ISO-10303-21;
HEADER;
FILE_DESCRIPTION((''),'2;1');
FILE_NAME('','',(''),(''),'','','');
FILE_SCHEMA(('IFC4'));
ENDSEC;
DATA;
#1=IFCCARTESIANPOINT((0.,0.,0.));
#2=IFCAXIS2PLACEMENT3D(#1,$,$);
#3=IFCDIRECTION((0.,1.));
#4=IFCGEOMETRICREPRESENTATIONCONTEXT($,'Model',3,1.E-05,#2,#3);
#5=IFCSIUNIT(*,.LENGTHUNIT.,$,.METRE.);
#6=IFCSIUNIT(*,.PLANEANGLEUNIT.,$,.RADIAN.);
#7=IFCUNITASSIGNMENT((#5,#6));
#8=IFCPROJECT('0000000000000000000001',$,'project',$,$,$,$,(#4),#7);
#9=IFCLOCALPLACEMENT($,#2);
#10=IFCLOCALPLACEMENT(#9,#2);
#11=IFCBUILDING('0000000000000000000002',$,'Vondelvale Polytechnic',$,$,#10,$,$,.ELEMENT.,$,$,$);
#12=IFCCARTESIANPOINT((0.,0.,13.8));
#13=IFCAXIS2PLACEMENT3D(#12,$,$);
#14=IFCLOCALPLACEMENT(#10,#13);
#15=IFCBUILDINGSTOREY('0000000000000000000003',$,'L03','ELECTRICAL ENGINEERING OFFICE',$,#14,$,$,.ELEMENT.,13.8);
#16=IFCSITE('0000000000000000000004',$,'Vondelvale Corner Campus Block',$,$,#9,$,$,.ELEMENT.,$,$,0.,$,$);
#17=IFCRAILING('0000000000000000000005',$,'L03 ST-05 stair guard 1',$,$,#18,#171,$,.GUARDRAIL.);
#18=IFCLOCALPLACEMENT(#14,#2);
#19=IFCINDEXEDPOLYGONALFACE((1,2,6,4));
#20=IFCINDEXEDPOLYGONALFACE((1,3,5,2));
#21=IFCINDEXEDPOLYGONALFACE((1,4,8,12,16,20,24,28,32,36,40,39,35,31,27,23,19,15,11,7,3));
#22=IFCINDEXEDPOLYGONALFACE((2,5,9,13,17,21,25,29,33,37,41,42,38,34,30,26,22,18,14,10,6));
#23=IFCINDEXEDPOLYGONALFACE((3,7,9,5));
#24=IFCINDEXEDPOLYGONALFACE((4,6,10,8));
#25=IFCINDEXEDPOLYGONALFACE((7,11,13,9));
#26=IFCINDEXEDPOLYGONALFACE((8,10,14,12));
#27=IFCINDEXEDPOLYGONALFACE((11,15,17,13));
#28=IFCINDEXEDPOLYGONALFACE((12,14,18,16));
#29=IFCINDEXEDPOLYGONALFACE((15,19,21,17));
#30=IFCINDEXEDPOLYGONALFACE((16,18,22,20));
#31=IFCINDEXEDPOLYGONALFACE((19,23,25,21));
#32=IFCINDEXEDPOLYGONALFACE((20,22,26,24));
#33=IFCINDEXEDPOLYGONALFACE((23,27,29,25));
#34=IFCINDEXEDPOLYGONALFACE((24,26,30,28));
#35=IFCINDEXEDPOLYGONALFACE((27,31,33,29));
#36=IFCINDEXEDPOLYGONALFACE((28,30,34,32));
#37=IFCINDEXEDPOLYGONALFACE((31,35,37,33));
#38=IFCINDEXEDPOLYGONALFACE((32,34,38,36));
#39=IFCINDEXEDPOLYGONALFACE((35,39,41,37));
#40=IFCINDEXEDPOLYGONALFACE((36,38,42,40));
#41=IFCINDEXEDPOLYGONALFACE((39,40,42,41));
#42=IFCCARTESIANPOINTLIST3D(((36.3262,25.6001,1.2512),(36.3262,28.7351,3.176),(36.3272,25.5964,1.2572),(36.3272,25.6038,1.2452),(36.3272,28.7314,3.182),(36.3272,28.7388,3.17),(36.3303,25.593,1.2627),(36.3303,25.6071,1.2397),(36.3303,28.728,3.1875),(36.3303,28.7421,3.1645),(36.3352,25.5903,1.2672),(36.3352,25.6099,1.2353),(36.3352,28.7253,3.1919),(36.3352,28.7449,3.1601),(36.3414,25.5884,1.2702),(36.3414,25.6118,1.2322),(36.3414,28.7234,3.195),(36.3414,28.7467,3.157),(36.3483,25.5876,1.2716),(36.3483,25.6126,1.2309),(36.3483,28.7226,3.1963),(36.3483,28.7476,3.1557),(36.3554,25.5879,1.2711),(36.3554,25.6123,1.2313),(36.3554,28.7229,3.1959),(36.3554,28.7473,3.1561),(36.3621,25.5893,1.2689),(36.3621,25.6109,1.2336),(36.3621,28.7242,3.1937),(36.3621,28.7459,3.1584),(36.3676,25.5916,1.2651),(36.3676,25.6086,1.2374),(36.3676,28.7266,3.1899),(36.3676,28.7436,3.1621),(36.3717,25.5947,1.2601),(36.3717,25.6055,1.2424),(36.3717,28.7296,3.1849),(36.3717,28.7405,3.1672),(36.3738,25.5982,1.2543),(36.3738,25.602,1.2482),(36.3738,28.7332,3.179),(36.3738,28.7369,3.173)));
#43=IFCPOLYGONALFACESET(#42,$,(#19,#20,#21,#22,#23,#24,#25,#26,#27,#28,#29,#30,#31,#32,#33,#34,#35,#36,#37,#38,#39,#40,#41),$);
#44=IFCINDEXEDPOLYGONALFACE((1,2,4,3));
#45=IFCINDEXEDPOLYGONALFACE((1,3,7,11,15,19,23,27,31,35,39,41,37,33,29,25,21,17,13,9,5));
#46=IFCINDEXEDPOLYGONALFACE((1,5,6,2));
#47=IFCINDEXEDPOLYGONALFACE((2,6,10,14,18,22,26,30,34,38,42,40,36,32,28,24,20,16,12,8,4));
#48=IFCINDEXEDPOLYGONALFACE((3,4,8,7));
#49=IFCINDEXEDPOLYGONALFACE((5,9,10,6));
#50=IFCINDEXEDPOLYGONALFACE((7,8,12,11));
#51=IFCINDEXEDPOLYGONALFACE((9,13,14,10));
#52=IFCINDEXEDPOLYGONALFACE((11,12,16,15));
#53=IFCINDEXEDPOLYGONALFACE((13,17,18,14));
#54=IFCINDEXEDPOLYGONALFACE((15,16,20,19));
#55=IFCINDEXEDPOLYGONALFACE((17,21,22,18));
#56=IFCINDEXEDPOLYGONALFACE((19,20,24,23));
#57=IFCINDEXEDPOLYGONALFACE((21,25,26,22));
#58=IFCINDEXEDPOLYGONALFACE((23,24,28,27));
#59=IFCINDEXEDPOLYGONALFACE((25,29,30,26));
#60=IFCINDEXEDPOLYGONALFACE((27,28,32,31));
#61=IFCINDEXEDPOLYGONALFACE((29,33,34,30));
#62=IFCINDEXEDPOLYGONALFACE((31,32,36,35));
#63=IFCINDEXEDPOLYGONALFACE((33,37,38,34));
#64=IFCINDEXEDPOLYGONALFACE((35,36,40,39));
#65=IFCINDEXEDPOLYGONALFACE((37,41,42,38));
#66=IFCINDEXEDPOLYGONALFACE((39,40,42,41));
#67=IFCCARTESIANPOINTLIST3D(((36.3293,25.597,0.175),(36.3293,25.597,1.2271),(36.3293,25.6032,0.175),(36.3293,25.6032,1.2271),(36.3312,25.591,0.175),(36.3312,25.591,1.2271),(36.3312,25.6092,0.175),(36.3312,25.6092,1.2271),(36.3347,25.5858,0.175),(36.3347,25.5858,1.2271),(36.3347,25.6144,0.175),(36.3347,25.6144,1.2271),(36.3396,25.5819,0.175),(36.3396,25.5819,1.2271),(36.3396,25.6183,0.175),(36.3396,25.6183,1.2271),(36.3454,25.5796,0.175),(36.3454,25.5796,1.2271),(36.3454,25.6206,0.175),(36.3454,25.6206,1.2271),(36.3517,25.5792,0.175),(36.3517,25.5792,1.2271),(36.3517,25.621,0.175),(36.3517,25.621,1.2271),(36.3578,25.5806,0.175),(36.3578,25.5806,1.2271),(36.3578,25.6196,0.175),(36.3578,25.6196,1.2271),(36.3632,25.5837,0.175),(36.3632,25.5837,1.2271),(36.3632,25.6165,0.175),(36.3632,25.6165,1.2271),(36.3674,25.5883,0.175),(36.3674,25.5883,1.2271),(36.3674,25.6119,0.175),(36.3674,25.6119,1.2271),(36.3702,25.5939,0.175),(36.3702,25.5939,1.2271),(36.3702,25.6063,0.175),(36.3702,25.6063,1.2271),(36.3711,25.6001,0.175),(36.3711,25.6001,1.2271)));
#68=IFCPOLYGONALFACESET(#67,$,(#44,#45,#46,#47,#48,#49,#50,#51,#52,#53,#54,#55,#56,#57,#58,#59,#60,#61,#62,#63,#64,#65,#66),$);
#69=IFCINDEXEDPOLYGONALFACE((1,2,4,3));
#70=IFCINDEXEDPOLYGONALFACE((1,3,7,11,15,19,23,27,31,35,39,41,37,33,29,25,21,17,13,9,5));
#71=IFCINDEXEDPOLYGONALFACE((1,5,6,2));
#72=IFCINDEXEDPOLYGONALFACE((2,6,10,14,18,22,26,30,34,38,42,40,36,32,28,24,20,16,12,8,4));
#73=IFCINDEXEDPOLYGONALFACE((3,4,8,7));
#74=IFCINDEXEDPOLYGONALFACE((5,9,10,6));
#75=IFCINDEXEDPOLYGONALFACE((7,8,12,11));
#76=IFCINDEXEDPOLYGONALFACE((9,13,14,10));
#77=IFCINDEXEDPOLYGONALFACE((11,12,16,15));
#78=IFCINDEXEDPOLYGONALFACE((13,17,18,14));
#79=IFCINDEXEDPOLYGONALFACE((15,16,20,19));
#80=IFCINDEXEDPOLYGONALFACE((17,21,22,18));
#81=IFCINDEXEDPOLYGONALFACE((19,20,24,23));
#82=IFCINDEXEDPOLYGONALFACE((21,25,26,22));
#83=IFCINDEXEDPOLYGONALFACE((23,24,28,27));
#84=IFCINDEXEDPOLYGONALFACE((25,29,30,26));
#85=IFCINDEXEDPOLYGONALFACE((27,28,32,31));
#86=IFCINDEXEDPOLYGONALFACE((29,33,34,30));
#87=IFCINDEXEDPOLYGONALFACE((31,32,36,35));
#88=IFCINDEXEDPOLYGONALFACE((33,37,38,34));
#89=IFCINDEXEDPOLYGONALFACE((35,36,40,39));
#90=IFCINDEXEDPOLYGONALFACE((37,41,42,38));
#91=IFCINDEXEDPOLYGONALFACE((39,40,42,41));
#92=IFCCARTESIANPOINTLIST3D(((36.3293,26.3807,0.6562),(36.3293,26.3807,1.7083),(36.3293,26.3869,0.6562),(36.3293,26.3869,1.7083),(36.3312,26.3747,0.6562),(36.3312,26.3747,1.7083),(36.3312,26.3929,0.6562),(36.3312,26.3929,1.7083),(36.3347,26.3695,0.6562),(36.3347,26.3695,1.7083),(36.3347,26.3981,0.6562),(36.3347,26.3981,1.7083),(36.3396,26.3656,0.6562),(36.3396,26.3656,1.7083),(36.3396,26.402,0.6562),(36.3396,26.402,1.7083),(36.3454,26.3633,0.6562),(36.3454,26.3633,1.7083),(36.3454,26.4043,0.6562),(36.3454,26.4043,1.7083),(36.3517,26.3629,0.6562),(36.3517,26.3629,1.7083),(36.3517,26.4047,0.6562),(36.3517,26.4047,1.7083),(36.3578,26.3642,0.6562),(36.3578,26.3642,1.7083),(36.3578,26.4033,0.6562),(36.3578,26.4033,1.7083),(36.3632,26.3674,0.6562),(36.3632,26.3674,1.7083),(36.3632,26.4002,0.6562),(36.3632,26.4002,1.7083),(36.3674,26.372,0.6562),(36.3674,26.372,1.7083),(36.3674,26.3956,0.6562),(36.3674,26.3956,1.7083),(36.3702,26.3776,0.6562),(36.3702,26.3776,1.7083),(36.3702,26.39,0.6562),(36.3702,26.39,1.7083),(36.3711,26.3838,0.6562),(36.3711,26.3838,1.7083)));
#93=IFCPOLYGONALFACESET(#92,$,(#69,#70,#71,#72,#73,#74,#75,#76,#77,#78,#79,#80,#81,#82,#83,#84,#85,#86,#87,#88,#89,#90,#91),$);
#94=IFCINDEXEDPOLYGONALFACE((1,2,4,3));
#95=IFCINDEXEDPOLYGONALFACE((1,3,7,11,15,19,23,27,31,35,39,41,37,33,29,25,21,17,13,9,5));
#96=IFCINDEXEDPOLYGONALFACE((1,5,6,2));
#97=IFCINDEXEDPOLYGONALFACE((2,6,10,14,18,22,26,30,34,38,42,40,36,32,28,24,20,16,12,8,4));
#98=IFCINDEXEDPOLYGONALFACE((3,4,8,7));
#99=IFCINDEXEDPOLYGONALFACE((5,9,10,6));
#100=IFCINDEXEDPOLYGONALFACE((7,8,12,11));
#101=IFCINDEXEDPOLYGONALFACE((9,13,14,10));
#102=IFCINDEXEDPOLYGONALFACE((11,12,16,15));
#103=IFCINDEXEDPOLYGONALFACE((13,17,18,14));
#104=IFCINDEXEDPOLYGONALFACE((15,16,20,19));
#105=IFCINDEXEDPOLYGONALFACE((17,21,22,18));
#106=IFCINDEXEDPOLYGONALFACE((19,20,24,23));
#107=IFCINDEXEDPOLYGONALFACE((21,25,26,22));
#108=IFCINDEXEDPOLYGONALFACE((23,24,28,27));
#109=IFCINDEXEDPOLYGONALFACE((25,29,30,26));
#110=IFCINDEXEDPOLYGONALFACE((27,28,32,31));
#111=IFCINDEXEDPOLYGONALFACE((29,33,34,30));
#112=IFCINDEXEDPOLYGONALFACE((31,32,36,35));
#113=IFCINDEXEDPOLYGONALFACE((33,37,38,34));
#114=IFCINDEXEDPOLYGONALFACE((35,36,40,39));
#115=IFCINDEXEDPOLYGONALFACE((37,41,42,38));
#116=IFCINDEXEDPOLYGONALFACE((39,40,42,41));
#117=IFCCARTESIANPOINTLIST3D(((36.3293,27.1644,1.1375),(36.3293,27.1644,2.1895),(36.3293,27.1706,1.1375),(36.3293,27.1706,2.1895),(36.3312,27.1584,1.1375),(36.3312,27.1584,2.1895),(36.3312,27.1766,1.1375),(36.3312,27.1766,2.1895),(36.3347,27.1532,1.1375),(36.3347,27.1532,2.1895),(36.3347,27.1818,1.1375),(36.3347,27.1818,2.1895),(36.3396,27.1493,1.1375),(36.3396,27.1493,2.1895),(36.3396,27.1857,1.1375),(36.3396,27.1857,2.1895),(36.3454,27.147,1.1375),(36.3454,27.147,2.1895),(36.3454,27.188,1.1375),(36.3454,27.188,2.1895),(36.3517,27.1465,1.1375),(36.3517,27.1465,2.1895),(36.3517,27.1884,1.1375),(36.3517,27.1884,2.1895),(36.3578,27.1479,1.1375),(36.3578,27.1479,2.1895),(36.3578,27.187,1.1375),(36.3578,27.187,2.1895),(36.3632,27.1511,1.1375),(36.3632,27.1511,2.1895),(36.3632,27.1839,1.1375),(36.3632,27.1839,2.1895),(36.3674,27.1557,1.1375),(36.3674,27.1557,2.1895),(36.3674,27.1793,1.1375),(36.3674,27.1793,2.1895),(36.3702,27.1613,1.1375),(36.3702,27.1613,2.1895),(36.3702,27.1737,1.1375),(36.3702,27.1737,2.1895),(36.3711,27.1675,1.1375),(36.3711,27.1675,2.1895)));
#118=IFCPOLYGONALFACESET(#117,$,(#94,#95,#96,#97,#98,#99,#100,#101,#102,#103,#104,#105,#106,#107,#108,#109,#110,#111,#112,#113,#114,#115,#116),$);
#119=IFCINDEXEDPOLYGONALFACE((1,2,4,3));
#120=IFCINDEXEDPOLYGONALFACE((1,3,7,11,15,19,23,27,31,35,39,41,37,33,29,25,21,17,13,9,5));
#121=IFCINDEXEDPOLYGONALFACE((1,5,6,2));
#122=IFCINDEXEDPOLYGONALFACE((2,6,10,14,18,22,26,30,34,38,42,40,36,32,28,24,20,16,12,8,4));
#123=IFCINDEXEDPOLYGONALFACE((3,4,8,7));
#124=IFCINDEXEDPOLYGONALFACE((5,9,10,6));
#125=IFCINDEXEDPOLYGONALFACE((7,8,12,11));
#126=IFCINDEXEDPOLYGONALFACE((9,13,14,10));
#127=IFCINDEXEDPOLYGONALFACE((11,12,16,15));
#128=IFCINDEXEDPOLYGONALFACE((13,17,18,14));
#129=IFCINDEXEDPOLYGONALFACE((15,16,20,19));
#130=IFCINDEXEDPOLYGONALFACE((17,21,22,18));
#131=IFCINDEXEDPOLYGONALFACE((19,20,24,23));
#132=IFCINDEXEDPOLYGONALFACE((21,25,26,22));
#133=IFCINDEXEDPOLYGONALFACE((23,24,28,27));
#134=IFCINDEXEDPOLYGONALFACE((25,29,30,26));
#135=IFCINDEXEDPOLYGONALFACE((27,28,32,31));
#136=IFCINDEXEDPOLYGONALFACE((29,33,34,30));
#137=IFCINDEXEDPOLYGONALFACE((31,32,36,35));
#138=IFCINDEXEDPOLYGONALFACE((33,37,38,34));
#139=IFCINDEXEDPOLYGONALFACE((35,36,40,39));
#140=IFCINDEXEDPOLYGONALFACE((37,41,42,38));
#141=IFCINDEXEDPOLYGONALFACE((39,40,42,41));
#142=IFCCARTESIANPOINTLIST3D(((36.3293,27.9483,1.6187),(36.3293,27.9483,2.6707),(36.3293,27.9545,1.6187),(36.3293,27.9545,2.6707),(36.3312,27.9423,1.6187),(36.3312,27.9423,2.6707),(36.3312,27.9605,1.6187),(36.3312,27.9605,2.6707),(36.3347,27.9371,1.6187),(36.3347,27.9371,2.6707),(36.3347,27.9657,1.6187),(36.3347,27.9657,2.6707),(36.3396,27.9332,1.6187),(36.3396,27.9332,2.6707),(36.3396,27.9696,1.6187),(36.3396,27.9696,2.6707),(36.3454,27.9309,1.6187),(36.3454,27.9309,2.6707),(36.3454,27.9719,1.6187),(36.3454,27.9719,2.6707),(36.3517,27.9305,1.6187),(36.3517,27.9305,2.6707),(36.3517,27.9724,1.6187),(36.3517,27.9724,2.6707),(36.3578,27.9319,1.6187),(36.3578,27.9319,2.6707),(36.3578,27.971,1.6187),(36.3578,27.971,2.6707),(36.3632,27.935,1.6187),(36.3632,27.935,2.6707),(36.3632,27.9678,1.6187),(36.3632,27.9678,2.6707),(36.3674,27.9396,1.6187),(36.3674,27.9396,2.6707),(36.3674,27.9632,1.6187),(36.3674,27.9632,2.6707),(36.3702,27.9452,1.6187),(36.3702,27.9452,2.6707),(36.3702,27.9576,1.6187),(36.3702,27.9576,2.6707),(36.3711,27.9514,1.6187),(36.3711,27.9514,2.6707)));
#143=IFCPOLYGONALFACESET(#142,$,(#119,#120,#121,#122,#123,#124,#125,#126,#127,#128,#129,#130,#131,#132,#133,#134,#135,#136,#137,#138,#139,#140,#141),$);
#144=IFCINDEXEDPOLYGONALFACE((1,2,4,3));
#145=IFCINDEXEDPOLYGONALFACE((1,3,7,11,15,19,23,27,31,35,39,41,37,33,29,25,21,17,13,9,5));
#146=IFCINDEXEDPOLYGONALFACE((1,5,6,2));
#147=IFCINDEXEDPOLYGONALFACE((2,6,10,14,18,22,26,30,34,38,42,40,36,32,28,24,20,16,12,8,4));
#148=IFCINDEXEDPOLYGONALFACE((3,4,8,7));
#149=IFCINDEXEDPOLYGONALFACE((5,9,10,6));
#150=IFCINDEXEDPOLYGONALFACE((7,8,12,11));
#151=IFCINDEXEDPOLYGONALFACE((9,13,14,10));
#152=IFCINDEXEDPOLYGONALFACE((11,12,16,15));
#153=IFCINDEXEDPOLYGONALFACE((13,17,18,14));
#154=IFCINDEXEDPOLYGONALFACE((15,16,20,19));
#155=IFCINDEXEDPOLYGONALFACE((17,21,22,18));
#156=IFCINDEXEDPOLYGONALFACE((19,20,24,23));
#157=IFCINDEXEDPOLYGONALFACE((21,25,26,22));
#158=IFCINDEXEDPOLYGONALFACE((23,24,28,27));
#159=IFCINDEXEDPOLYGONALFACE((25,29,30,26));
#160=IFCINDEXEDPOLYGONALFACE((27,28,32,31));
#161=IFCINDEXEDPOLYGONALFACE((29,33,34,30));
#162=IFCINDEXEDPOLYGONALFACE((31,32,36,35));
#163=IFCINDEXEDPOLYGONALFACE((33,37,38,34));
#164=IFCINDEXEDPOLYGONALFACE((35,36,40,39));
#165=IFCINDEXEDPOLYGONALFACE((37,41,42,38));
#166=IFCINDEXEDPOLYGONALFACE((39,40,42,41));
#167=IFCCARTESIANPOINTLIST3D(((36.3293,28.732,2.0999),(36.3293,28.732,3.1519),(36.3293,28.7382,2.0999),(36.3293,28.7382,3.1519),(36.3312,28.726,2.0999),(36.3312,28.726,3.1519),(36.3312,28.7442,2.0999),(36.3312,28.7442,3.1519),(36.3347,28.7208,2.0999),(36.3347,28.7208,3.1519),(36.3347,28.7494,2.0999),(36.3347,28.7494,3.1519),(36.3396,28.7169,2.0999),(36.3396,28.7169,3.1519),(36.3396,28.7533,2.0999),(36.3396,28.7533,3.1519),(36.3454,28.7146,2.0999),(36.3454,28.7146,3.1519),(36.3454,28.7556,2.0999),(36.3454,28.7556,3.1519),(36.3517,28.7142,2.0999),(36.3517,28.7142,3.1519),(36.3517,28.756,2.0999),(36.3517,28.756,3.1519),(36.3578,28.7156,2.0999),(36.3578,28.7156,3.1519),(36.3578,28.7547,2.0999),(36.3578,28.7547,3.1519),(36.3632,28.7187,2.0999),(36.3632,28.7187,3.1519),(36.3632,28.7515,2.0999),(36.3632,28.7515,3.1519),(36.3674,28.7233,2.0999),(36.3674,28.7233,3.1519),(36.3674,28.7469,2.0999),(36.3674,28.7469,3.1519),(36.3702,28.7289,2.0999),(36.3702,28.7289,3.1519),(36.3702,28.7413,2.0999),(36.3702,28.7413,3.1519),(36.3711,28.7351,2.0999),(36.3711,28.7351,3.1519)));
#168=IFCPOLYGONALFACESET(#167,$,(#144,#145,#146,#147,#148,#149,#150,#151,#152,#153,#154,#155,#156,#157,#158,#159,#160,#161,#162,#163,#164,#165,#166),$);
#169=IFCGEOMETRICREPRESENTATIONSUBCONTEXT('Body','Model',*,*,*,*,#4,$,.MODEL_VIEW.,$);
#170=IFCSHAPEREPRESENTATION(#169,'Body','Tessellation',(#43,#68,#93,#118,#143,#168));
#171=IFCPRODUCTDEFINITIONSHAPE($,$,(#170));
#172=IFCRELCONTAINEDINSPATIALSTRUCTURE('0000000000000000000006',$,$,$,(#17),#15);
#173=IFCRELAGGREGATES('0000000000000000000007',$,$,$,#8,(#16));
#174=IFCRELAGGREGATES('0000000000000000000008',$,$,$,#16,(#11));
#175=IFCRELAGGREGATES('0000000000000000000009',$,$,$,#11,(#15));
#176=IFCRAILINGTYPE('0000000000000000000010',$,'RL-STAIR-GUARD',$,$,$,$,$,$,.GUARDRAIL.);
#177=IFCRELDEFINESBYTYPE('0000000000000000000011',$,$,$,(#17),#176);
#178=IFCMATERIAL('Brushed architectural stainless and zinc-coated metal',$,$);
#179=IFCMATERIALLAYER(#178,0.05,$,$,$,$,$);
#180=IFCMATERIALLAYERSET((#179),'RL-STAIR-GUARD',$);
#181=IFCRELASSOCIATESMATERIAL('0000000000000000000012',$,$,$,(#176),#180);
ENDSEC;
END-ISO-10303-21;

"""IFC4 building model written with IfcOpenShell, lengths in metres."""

from ifc_helpers import new_model, si_unit, direction, frame, origin, origin_2d, place, context, subcontext, project, spatial, circle, extrude, material, layer, layer_set, type_object, element, save


model = new_model("IFC4")

# Units and contexts
model_context = context("Model", 3, precision=1e-05, world=origin(), true_north=direction((0.0, 1.0)))
body_context = subcontext(model_context, "Body", "Model", "MODEL_VIEW")
ifc_project = project(units=[si_unit("LENGTHUNIT", "METRE"), si_unit("PLANEANGLEUNIT", "RADIAN")], contexts=[model_context])

# Site, building, storey
site_placement = place(None, origin())
site = spatial("IfcSite", under=ifc_project, at=site_placement, Name="Vondelvale Corner Campus Block", CompositionType="ELEMENT", RefElevation=0.0)
building_placement = place(site_placement, origin())
building = spatial("IfcBuilding", under=site, at=building_placement, Name="Vondelvale Polytechnic", CompositionType="ELEMENT")
storey_placement = place(building_placement, frame((0.0, 0.0, 13.8)))
storey = spatial("IfcBuildingStorey", under=building, at=storey_placement, Name="L03", Description="ELECTRICAL ENGINEERING OFFICE", CompositionType="ELEMENT", Elevation=13.8)

# Shared definitions
ifc_material_1 = material(Name="Brushed architectural stainless and zinc-coated metal")

# Railing
ifc_layer_1 = layer(ifc_material_1, 0.05)
ifc_layer_set_1 = layer_set([ifc_layer_1], Name="RL-STAIR-GUARD")
railing_type_1 = type_object("IfcRailingType", Name="RL-STAIR-GUARD", PredefinedType="GUARDRAIL", material=ifc_layer_set_1)
railing_1_placement = place(storey_placement, frame((36.3501, 25.6001, 0.175)))
element("IfcRailing", 1, at=railing_1_placement, inside=storey, type_object=railing_type_1, Name="L03 ST-05 stair guard 1", PredefinedType="GUARDRAIL", context=body_context, shape_type="SweptSolid", body=[
    extrude(circle(Radius=0.0239, at=origin_2d()), frame((0.0, 0.0, 1.0762), z_axis=(0.0, 0.852196, 0.523223), x_axis=(-1.0, 0.0, 0.0)), (0.0, 0.0, 1.0), 3.6787),
    extrude(circle(Radius=0.021, at=origin_2d()), origin(), (0.0, 0.0, 1.0), 1.052),
    extrude(circle(Radius=0.021, at=origin_2d()), frame((0.0, 0.7837, 0.4812)), (0.0, 0.0, 1.0), 1.052),
    extrude(circle(Radius=0.021, at=origin_2d()), frame((0.0, 1.5674, 0.9624)), (0.0, 0.0, 1.0), 1.052),
    extrude(circle(Radius=0.021, at=origin_2d()), frame((0.0, 2.3513, 1.4436)), (0.0, 0.0, 1.0), 1.052),
    extrude(circle(Radius=0.021, at=origin_2d()), frame((0.0, 3.135, 1.9248)), (0.0, 0.0, 1.0), 1.052),
])

save(model, "model.ifc")
